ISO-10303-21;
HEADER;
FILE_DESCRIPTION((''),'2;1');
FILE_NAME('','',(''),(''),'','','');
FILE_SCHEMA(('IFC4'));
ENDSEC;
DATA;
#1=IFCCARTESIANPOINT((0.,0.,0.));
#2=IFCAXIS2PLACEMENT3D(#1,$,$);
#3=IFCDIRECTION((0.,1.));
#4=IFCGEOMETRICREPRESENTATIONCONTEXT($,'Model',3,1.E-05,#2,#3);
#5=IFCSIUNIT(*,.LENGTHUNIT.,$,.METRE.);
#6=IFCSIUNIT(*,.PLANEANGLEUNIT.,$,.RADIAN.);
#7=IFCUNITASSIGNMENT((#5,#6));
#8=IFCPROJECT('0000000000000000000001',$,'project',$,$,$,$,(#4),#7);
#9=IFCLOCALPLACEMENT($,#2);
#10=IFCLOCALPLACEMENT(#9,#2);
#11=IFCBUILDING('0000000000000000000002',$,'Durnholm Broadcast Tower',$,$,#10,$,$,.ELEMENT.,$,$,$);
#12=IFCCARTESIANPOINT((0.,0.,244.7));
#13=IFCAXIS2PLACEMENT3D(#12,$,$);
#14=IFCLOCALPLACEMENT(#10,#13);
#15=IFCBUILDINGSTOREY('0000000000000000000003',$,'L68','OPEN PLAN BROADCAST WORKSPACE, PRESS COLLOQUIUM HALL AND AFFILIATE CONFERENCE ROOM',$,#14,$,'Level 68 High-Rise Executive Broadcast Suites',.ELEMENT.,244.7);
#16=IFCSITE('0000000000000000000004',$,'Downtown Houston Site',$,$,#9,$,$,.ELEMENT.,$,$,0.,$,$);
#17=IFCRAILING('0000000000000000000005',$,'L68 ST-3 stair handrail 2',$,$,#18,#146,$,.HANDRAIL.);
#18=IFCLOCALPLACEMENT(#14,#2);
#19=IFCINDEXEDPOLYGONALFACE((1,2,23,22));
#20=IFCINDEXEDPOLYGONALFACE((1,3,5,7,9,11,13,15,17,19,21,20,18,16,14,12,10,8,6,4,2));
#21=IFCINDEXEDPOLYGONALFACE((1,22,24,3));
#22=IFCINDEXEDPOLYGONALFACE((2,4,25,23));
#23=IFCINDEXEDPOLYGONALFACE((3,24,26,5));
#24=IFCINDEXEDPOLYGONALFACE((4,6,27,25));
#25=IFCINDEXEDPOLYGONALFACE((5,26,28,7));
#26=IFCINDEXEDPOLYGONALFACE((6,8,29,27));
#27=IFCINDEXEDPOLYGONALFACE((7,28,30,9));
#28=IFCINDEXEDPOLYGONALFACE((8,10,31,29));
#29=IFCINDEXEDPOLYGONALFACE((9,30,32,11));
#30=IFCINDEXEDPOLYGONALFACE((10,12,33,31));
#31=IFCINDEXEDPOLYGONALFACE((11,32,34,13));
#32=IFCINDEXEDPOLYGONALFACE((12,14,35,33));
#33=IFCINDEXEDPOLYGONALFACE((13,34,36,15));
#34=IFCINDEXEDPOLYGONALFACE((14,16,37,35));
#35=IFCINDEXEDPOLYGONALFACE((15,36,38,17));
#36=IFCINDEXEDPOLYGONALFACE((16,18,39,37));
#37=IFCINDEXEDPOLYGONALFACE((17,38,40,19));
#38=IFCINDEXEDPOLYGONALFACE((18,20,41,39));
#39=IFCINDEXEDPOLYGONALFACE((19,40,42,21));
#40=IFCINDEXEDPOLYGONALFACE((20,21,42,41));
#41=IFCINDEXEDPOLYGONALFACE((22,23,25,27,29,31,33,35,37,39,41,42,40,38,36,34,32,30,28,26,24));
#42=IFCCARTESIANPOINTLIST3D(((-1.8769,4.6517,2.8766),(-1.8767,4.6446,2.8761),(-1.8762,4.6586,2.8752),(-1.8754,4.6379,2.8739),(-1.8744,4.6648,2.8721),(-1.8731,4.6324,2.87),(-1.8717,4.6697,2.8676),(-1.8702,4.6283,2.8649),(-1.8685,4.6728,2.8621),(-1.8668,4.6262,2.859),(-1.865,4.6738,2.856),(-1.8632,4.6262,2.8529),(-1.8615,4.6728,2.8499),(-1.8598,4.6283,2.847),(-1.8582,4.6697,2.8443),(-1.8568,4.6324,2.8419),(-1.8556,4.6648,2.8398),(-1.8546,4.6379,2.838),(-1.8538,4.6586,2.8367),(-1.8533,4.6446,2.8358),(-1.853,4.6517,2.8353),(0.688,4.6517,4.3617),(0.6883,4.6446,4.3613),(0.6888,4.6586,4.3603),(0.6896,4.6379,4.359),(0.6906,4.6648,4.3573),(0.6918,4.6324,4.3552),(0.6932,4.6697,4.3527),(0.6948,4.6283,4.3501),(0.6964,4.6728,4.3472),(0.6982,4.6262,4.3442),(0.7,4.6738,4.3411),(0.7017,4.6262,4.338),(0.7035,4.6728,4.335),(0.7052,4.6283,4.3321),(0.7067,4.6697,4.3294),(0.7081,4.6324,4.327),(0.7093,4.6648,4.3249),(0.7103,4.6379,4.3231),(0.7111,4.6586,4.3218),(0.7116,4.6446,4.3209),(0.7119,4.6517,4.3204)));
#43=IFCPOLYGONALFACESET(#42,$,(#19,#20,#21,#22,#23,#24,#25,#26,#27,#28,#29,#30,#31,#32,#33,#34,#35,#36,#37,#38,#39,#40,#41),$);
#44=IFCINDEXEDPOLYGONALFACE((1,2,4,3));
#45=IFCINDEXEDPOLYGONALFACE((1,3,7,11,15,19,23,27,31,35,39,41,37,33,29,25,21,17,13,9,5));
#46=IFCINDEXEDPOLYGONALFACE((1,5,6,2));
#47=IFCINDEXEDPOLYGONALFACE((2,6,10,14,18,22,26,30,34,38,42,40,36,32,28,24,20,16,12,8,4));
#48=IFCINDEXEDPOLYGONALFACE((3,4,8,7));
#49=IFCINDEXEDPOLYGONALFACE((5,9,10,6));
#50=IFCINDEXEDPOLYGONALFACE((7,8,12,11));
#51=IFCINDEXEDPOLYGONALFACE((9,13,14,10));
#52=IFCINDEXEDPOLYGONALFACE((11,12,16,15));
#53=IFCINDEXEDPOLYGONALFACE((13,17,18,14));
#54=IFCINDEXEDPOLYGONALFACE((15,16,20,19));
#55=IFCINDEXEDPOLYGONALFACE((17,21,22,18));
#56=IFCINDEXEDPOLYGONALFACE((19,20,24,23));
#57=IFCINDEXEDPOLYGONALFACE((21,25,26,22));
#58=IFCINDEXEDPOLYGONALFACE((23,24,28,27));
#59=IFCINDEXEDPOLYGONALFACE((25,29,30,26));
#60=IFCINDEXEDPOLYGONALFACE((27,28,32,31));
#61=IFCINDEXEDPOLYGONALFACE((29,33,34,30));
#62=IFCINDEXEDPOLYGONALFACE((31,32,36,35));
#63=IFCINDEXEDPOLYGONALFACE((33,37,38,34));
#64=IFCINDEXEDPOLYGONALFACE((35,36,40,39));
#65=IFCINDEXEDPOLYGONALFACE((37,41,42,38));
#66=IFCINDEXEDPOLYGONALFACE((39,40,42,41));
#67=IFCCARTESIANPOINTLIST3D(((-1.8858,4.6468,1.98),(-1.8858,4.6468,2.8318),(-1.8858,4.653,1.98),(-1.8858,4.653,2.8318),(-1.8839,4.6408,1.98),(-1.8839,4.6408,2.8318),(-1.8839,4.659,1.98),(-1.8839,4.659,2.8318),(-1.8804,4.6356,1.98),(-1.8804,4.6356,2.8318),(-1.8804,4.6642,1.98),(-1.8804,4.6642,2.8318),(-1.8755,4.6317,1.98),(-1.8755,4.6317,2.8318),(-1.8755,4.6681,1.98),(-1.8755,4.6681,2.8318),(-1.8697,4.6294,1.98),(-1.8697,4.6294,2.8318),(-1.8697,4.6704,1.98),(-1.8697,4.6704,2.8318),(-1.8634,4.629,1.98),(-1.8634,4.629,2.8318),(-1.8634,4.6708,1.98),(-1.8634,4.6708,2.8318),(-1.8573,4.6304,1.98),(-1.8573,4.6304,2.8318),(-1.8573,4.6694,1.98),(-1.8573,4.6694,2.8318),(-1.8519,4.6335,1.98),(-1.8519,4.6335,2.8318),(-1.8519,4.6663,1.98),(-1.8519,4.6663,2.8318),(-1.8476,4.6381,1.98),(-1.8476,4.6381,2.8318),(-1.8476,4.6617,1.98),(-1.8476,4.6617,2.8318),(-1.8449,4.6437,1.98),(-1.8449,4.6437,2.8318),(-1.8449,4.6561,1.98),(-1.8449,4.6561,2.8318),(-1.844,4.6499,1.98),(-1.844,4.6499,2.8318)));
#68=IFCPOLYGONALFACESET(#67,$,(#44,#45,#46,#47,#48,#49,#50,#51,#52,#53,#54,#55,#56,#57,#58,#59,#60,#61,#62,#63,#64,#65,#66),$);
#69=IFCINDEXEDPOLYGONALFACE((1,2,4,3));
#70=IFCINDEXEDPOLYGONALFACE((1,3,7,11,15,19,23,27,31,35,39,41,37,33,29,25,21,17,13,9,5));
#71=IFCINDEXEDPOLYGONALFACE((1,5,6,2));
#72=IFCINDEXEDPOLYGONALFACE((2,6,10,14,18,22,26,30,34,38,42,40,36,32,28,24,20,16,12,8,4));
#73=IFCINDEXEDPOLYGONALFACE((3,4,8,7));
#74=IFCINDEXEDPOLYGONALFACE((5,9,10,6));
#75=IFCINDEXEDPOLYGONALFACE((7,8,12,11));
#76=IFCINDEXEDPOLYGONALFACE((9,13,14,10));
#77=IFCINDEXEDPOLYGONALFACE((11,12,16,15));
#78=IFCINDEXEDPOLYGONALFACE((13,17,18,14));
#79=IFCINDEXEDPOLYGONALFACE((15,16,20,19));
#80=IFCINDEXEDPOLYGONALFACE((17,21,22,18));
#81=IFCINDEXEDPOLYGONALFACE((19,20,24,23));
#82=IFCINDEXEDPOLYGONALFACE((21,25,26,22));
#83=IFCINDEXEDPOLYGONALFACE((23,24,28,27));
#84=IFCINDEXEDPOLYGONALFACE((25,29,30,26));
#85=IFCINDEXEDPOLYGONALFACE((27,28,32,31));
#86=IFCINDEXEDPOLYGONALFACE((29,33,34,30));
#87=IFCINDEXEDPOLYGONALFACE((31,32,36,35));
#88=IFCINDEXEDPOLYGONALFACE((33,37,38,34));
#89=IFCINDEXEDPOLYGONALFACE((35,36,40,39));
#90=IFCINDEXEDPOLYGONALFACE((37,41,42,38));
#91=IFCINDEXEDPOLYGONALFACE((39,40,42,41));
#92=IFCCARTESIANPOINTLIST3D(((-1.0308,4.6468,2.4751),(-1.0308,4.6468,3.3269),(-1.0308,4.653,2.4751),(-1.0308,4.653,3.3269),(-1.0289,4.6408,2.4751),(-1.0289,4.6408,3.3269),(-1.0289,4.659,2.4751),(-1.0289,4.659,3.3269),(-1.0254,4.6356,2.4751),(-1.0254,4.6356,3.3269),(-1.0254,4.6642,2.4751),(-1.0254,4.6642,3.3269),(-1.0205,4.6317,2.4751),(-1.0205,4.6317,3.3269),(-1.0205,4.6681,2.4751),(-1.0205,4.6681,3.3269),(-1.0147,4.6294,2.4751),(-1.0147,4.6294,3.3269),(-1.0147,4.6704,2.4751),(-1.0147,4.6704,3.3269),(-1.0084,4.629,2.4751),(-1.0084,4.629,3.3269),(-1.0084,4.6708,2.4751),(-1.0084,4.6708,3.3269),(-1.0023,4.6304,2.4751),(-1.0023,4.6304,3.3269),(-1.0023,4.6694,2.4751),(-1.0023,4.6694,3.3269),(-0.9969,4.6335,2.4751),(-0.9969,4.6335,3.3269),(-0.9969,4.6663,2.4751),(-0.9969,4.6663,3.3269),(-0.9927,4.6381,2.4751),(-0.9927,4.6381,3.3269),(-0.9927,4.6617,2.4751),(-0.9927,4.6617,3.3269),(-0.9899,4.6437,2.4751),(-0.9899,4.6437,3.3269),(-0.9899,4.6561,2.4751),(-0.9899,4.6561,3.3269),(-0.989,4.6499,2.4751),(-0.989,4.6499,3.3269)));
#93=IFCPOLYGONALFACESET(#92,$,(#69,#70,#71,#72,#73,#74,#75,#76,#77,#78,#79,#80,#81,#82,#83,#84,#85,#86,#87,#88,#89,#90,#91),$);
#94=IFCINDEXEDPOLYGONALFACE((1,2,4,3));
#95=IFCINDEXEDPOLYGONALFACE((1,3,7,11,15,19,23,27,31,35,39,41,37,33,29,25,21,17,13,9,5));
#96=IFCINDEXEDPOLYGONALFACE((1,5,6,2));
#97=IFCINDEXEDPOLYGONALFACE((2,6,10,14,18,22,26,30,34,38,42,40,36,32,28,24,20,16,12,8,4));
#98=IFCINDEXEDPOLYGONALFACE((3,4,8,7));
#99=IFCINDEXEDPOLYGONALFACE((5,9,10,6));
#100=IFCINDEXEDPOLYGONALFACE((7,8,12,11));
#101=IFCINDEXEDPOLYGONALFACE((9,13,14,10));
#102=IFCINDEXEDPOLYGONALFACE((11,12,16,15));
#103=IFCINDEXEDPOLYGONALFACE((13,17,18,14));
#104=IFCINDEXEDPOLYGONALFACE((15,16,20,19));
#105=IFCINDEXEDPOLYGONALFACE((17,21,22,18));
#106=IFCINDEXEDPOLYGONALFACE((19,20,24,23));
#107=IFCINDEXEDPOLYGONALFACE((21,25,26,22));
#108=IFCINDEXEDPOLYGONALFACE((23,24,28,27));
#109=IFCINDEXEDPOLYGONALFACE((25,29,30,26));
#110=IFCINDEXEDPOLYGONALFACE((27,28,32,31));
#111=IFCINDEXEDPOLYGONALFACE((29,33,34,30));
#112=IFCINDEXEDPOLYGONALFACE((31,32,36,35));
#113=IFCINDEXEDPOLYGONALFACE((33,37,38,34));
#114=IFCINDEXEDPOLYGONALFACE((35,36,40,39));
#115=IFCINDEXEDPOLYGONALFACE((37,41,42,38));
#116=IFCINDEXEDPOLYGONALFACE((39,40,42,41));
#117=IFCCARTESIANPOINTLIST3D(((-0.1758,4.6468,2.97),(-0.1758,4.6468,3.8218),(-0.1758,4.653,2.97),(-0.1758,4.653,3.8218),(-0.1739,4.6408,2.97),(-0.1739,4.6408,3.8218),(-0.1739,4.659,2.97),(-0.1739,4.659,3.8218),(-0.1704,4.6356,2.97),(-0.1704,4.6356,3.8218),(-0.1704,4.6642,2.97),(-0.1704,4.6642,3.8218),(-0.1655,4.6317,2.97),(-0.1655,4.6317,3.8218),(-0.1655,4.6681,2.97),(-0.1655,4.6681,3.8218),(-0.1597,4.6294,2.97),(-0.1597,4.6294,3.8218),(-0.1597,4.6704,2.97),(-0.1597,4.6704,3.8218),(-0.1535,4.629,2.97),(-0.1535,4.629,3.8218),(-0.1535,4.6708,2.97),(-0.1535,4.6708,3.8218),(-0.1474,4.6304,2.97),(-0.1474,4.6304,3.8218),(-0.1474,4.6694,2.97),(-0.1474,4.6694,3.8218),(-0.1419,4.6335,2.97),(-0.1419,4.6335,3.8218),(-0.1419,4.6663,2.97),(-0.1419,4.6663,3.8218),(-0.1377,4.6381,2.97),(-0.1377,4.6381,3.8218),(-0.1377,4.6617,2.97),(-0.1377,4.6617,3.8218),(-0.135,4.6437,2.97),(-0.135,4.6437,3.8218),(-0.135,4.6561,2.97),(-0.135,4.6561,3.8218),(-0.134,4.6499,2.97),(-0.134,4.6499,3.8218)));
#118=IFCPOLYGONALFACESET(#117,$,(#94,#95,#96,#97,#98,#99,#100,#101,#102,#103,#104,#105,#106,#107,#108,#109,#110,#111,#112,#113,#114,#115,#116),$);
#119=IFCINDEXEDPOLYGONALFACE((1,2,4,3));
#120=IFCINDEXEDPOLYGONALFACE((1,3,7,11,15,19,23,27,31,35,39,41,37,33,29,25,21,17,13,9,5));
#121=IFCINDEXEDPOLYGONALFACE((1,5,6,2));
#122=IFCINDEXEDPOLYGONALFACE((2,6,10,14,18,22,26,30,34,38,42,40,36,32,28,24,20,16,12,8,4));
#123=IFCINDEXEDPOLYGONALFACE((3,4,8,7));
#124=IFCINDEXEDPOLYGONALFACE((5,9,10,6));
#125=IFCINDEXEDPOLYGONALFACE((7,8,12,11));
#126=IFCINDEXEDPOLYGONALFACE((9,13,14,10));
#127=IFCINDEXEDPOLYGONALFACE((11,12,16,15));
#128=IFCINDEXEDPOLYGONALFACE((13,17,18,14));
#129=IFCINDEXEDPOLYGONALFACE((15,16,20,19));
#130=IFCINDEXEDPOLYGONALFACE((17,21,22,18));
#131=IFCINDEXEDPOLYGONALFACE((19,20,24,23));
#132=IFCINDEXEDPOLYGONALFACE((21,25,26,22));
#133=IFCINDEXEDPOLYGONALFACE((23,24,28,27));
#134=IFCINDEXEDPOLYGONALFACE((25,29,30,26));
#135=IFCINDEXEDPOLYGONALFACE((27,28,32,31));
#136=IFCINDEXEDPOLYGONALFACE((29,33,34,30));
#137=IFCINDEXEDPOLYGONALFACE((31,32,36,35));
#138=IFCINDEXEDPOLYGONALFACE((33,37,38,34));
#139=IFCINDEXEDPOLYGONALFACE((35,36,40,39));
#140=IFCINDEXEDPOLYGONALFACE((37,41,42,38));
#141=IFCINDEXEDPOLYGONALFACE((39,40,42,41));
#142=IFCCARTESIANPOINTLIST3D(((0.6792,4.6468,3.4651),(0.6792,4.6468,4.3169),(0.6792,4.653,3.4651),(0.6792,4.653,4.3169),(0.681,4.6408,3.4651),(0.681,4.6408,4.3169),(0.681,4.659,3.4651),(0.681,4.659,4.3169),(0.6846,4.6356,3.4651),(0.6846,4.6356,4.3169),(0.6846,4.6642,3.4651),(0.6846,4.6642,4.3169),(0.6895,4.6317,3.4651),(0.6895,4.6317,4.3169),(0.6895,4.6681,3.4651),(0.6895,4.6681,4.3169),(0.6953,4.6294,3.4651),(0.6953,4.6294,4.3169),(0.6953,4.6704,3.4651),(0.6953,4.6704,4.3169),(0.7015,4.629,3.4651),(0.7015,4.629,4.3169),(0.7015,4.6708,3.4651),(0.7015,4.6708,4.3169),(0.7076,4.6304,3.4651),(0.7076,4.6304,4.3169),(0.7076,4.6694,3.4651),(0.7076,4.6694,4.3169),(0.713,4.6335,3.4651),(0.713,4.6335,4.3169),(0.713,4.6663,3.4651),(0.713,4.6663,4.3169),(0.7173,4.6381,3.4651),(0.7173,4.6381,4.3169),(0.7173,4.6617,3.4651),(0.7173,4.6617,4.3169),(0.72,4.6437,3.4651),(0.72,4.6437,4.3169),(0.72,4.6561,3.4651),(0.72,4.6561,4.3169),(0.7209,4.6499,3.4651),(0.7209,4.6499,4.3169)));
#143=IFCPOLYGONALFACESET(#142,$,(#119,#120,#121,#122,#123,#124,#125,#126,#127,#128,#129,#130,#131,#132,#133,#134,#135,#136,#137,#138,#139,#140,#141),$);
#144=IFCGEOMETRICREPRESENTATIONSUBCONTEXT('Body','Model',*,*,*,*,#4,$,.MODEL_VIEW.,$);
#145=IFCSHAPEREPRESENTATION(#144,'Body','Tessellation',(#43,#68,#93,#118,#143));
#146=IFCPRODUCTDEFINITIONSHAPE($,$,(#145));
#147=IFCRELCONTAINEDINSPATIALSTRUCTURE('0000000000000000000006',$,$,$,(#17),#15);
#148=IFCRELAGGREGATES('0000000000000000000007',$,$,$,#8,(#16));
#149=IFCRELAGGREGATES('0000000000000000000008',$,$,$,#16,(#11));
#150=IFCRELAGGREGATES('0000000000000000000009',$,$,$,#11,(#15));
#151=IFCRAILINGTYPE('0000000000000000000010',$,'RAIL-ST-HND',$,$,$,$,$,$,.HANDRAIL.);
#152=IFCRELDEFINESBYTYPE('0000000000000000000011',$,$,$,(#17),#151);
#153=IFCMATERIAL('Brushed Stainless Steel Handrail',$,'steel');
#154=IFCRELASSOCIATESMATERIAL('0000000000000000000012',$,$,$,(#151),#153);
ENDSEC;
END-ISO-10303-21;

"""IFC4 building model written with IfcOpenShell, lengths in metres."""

from ifc_helpers import new_model, si_unit, direction, frame, origin, origin_2d, place, context, subcontext, project, spatial, circle, extrude, material, type_object, element, save


model = new_model("IFC4")

# Units and contexts
model_context = context("Model", 3, precision=1e-05, world=origin(), true_north=direction((0.0, 1.0)))
body_context = subcontext(model_context, "Body", "Model", "MODEL_VIEW")
ifc_project = project(units=[si_unit("LENGTHUNIT", "METRE"), si_unit("PLANEANGLEUNIT", "RADIAN")], contexts=[model_context])

# Site, building, storey
site_placement = place(None, origin())
site = spatial("IfcSite", under=ifc_project, at=site_placement, Name="Downtown Houston Site", CompositionType="ELEMENT", RefElevation=0.0)
building_placement = place(site_placement, origin())
building = spatial("IfcBuilding", under=site, at=building_placement, Name="Durnholm Broadcast Tower", CompositionType="ELEMENT")
storey_placement = place(building_placement, frame((0.0, 0.0, 244.7)))
storey = spatial("IfcBuildingStorey", under=building, at=storey_placement, Name="L68", Description="OPEN PLAN BROADCAST WORKSPACE, PRESS COLLOQUIUM HALL AND AFFILIATE CONFERENCE ROOM", LongName="Level 68 High-Rise Executive Broadcast Suites", CompositionType="ELEMENT", Elevation=244.7)

# Railing
ifc_material_1 = material(Name="Brushed Stainless Steel Handrail", Category="steel")
railing_type_1 = type_object("IfcRailingType", Name="RAIL-ST-HND", PredefinedType="HANDRAIL", material=ifc_material_1)
railing_1_placement = place(storey_placement, frame((-1.865, 4.6499, 1.98)))
element("IfcRailing", 1, at=railing_1_placement, inside=storey, type_object=railing_type_1, Name="L68 ST-3 stair handrail 2", PredefinedType="HANDRAIL", context=body_context, shape_type="SweptSolid", body=[
    extrude(circle(Radius=0.0239, at=origin_2d()), frame((0.0, 0.0, 0.876), z_axis=(0.865406, 0.0, 0.501072), x_axis=(0.0, 1.0, 0.0)), (0.0, 0.0, 1.0), 2.9639),
    extrude(circle(Radius=0.021, at=origin_2d()), origin(), (0.0, 0.0, 1.0), 0.8518),
    extrude(circle(Radius=0.021, at=origin_2d()), frame((0.855, 0.0, 0.4951)), (0.0, 0.0, 1.0), 0.8518),
    extrude(circle(Radius=0.021, at=origin_2d()), frame((1.71, 0.0, 0.99)), (0.0, 0.0, 1.0), 0.8518),
    extrude(circle(Radius=0.021, at=origin_2d()), frame((2.5649, 0.0, 1.4851)), (0.0, 0.0, 1.0), 0.8518),
])

save(model, "model.ifc")
